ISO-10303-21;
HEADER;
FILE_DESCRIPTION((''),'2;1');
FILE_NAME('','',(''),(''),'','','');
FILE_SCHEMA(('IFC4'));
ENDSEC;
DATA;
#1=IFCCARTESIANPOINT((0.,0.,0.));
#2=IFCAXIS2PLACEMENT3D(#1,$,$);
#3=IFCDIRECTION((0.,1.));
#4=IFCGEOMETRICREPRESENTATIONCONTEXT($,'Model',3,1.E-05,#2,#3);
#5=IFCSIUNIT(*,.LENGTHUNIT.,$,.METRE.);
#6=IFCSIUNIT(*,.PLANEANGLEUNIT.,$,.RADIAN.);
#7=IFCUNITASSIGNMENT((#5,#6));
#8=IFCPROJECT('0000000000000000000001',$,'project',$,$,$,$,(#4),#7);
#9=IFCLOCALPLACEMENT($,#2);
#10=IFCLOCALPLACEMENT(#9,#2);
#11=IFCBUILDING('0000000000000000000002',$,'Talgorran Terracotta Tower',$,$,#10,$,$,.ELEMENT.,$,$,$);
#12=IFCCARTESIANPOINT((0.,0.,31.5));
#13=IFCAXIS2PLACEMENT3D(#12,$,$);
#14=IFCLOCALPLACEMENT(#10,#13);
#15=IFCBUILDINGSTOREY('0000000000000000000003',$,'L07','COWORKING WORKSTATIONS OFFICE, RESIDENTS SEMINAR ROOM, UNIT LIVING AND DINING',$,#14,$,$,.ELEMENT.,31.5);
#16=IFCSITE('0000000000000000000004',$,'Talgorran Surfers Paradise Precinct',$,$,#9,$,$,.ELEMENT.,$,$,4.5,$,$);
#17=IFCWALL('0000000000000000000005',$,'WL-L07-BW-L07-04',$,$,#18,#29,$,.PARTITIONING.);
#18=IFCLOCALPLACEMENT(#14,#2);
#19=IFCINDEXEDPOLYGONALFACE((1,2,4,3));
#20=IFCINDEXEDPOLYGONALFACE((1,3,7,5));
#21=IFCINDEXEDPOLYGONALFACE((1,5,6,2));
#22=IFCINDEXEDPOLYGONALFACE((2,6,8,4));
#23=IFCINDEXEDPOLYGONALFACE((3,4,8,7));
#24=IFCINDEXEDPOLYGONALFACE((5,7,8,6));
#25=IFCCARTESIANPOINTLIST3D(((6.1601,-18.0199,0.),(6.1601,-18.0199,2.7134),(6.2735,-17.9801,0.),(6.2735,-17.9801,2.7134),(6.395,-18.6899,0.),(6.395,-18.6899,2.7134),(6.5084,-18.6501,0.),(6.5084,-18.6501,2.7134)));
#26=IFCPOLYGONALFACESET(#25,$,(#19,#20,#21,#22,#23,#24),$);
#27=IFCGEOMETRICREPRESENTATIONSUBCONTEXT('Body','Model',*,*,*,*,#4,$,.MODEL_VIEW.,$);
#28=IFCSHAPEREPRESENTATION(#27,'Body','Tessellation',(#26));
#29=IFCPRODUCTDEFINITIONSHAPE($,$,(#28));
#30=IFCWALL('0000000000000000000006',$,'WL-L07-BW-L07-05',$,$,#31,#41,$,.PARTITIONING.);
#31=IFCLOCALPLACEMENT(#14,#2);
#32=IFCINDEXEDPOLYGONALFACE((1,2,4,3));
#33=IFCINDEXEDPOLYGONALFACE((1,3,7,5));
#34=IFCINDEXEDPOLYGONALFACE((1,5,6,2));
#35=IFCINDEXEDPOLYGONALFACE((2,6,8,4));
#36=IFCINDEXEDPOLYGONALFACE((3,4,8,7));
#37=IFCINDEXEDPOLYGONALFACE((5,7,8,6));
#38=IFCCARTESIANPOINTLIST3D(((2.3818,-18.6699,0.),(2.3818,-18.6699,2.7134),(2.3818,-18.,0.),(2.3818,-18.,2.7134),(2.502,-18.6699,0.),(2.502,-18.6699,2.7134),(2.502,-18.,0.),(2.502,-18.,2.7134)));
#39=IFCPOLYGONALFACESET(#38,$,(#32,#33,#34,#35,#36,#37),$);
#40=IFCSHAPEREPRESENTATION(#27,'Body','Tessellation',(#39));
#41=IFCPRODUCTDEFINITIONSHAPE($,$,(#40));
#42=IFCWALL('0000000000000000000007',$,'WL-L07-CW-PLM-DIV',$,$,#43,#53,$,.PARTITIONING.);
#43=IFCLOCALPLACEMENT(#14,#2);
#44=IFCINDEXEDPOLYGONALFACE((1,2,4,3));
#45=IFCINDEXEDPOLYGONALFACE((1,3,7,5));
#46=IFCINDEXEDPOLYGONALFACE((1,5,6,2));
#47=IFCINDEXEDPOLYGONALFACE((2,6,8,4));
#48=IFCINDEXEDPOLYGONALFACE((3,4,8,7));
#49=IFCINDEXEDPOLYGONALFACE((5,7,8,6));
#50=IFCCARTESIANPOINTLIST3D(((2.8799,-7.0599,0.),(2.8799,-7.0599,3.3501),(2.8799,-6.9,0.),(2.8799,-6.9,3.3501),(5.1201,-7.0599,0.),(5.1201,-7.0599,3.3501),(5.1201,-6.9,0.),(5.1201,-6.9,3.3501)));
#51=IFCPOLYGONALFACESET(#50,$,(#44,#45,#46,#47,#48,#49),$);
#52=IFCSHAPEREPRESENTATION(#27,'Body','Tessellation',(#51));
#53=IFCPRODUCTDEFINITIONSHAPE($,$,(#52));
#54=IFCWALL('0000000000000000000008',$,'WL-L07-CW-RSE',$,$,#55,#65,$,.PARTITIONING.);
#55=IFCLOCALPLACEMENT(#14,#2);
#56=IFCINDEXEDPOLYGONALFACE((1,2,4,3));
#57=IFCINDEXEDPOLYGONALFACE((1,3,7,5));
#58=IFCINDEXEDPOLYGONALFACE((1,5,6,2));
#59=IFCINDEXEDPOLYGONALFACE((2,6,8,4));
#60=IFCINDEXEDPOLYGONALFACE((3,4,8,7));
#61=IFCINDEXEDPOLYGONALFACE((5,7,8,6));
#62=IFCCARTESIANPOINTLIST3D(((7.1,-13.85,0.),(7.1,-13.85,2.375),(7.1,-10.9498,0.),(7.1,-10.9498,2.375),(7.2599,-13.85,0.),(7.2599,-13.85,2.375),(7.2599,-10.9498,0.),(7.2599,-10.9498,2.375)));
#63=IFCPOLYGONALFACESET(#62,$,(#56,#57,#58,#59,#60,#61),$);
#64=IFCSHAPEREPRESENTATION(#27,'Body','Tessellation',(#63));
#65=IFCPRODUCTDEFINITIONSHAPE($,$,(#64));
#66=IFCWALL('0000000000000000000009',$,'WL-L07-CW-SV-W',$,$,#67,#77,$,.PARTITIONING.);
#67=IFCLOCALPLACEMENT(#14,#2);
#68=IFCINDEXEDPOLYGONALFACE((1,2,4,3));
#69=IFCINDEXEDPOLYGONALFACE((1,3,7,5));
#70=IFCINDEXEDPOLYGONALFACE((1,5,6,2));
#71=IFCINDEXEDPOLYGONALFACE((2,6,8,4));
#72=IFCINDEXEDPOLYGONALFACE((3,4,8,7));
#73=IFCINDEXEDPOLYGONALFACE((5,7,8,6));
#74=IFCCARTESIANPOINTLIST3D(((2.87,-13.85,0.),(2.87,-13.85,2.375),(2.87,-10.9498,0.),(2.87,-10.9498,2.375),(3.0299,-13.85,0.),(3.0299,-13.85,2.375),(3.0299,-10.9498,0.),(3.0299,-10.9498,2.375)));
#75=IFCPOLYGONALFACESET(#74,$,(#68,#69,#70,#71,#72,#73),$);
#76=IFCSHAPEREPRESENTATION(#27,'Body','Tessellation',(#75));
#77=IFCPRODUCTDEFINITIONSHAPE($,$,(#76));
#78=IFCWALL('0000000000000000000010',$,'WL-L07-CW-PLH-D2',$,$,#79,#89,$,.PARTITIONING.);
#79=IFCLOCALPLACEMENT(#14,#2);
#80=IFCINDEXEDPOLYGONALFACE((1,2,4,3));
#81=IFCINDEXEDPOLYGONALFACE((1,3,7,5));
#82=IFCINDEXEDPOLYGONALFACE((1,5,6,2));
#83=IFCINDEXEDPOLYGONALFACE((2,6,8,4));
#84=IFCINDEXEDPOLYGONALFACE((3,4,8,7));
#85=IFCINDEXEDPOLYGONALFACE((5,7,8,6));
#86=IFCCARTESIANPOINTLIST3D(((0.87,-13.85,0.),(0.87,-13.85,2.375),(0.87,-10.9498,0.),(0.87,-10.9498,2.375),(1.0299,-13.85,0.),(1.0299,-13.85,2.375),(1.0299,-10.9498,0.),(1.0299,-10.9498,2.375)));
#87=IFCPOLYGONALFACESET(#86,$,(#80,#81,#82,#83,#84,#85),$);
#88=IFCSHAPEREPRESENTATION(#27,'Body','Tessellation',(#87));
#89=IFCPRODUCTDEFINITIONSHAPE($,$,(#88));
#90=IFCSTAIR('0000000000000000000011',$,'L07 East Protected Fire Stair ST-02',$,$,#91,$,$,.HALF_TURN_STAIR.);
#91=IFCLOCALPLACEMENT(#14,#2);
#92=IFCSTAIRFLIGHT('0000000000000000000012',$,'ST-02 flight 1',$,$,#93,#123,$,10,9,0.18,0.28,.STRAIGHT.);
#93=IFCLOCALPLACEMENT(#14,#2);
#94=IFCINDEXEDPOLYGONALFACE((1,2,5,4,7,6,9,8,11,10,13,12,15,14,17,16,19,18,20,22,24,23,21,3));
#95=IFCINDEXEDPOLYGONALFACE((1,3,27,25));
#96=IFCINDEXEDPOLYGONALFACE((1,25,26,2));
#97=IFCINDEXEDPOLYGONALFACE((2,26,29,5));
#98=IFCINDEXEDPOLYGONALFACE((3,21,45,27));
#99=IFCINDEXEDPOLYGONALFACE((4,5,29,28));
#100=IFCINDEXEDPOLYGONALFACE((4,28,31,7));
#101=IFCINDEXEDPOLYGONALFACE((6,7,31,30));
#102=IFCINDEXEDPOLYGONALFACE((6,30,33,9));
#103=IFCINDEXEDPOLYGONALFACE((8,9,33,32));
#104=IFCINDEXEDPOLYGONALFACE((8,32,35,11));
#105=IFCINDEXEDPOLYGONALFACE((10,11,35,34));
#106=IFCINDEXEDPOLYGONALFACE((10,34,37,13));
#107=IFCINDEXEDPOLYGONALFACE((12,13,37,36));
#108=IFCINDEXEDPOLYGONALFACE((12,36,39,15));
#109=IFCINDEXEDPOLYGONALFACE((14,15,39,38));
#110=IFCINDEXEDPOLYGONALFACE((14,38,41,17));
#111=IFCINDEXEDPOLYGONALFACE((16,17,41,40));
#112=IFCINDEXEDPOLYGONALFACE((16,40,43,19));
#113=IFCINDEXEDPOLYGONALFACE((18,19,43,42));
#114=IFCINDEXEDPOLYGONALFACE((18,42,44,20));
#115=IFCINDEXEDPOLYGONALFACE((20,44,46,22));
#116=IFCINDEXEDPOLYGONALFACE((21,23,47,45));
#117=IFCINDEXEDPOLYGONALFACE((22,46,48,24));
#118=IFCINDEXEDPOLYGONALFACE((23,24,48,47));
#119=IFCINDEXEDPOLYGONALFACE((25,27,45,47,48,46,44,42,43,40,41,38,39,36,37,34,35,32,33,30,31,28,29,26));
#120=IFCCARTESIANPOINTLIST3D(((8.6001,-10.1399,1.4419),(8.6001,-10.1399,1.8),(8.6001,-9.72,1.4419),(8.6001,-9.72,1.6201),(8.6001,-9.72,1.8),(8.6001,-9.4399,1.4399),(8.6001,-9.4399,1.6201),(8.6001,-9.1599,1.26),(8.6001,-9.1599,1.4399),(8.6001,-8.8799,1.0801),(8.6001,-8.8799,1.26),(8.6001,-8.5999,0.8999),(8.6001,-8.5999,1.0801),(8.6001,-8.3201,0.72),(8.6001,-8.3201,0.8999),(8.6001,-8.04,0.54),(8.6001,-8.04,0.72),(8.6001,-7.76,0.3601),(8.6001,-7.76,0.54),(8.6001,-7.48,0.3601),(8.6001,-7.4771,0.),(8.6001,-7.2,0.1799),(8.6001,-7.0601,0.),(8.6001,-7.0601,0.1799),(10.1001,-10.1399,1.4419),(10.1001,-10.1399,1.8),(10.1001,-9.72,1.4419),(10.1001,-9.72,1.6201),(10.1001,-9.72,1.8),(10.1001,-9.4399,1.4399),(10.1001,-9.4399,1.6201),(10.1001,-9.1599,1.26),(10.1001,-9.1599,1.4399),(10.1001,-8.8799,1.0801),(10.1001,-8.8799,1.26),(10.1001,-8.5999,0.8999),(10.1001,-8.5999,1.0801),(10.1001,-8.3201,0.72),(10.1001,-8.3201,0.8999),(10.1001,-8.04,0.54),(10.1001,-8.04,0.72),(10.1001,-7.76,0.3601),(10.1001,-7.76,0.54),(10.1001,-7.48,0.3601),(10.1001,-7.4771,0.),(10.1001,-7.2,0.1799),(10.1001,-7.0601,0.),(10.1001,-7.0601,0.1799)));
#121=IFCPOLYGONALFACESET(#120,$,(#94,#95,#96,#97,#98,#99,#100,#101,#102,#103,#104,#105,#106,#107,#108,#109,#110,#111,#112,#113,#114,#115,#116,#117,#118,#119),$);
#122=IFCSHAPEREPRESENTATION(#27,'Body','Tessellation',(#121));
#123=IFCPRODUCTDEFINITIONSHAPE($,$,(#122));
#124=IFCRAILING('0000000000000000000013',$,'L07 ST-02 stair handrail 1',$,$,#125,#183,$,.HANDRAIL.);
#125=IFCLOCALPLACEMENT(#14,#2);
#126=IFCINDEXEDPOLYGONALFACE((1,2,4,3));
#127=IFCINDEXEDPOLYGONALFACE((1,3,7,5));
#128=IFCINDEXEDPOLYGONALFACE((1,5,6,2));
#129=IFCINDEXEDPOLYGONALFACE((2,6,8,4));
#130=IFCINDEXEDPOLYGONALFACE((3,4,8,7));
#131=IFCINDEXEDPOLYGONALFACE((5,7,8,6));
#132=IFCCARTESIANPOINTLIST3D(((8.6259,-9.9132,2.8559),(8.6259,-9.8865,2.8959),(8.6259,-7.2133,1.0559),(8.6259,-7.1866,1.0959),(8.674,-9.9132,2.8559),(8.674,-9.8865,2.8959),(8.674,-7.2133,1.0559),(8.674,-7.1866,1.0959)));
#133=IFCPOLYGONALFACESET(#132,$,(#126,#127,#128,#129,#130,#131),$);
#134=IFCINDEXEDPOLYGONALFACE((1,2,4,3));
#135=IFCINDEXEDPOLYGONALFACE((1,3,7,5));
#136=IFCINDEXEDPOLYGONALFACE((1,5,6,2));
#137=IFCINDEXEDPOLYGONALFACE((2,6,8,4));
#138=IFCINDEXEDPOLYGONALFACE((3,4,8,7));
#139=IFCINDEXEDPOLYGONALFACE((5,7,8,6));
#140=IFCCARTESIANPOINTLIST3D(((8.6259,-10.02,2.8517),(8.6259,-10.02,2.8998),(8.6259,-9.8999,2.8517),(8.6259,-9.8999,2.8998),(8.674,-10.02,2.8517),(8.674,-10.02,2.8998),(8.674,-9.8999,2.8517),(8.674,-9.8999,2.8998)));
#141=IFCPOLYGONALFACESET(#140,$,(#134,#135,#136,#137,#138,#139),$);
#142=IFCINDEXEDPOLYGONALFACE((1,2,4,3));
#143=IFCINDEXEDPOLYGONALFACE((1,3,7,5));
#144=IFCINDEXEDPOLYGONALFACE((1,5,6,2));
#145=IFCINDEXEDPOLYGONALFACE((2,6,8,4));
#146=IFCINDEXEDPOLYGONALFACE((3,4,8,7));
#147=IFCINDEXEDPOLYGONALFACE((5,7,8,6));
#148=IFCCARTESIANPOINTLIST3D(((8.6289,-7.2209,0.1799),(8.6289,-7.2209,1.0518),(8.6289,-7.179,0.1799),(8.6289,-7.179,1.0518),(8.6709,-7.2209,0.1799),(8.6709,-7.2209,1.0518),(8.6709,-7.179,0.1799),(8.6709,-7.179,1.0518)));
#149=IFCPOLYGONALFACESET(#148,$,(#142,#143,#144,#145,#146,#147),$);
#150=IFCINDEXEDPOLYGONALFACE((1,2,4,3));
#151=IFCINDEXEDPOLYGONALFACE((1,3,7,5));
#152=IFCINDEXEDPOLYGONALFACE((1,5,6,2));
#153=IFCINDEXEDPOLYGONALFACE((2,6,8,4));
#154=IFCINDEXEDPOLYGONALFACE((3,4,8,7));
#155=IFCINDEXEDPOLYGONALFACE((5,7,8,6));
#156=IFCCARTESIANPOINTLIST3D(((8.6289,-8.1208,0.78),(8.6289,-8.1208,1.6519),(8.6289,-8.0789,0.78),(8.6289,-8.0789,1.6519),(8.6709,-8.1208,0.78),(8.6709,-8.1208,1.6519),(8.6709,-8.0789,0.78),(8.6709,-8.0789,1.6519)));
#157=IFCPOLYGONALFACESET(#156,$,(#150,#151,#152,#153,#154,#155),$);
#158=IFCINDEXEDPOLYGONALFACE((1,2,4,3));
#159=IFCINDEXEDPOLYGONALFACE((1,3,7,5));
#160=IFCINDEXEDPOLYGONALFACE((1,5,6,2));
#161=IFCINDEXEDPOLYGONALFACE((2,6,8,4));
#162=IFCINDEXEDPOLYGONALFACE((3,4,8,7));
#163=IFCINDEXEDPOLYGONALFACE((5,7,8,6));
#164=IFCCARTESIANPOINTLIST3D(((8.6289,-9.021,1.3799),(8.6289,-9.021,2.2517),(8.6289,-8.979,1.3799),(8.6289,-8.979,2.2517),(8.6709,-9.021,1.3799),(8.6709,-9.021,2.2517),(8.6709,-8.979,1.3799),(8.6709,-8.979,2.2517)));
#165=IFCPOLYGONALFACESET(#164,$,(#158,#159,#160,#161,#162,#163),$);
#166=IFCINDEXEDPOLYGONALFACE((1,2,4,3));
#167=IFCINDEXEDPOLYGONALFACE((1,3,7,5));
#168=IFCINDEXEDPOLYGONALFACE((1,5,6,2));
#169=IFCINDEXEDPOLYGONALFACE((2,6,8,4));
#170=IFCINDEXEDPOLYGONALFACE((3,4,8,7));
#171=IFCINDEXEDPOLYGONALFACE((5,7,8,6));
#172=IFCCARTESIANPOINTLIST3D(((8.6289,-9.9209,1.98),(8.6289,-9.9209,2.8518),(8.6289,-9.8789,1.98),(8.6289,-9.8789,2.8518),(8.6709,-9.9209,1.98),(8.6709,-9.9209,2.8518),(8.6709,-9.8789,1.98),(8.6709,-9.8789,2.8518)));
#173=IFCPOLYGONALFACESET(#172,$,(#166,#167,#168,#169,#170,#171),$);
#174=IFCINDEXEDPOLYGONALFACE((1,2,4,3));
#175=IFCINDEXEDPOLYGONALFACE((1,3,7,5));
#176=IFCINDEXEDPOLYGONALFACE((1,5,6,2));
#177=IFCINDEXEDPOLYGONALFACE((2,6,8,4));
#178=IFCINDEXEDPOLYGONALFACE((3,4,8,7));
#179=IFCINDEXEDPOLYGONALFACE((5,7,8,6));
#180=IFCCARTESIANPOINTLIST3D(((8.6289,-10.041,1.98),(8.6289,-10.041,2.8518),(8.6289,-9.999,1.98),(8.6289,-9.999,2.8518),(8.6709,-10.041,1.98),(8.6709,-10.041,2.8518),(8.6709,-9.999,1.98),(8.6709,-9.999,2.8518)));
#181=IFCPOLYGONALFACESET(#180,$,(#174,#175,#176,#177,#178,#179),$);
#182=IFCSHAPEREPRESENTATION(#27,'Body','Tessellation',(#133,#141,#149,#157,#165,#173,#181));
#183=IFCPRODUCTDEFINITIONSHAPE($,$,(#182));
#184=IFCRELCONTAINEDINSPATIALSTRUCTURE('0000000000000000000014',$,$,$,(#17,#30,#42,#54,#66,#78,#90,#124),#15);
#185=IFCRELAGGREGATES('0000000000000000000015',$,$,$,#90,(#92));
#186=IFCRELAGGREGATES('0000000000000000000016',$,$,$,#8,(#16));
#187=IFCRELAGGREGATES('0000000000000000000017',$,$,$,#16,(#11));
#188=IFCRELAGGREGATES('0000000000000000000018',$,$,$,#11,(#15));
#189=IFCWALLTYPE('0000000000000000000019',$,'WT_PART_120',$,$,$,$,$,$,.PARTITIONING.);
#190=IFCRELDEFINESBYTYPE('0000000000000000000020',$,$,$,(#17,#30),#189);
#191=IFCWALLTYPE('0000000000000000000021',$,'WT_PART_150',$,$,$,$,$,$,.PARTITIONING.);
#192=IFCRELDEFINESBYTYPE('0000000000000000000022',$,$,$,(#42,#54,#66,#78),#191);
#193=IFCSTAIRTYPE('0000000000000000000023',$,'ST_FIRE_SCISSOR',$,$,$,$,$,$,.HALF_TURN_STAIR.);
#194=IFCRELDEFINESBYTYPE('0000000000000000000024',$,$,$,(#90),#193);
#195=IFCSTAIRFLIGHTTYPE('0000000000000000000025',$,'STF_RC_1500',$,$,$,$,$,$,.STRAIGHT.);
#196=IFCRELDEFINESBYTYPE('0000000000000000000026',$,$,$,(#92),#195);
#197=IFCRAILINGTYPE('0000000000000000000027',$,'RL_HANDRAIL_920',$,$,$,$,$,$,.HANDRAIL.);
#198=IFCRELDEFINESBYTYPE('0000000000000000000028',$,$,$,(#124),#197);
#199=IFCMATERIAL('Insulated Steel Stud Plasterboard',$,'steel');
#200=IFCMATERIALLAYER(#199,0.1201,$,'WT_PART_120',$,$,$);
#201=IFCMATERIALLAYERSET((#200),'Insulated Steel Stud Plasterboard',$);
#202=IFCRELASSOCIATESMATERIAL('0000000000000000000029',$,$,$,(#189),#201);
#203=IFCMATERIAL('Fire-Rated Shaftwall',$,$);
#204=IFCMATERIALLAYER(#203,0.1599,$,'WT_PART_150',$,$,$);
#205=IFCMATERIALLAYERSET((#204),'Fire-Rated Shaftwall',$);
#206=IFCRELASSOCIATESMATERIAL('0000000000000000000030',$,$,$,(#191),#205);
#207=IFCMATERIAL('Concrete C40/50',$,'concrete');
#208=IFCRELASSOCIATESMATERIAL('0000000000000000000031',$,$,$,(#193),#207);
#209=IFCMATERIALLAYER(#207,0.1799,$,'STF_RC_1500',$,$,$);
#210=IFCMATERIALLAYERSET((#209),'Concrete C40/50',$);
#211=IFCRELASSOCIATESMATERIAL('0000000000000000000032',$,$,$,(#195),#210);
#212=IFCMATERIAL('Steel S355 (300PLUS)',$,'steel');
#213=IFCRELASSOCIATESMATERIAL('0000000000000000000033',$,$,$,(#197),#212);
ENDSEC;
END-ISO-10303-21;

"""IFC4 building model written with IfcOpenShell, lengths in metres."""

from ifc_helpers import new_model, si_unit, direction, frame, frame_2d, origin, origin_2d, place, context, subcontext, project, spatial, polyline, rectangle, outline, extrude, material, layer, layer_set, type_object, element, aggregate, save


model = new_model("IFC4")

# Units and contexts
model_context = context("Model", 3, precision=1e-05, world=origin(), true_north=direction((0.0, 1.0)))
body_context = subcontext(model_context, "Body", "Model", "MODEL_VIEW")
ifc_project = project(units=[si_unit("LENGTHUNIT", "METRE"), si_unit("PLANEANGLEUNIT", "RADIAN")], contexts=[model_context])

# Site, building, storey
site_placement = place(None, origin())
site = spatial("IfcSite", under=ifc_project, at=site_placement, Name="Talgorran Surfers Paradise Precinct", CompositionType="ELEMENT", RefElevation=4.5)
building_placement = place(site_placement, origin())
building = spatial("IfcBuilding", under=site, at=building_placement, Name="Talgorran Terracotta Tower", CompositionType="ELEMENT")
storey_placement = place(building_placement, frame((0.0, 0.0, 31.5)))
storey = spatial("IfcBuildingStorey", under=building, at=storey_placement, Name="L07", Description="COWORKING WORKSTATIONS OFFICE, RESIDENTS SEMINAR ROOM, UNIT LIVING AND DINING", CompositionType="ELEMENT", Elevation=31.5)

# Shared definitions
ifc_material_1 = material(Name="Steel S355 (300PLUS)", Category="steel")

# Walls
ifc_material_2 = material(Name="Insulated Steel Stud Plasterboard", Category="steel")
ifc_layer_1 = layer(ifc_material_2, 0.1201, Name="WT_PART_120")
ifc_layer_set_1 = layer_set([ifc_layer_1], Name="Insulated Steel Stud Plasterboard")
wall_type_1 = type_object("IfcWallType", Name="WT_PART_120", PredefinedType="PARTITIONING", material=ifc_layer_set_1)
wall_1_placement = place(storey_placement, frame((6.2168, -18.0, 0.0), z_axis=(0.0, 0.0, 1.0), x_axis=(0.330841, -0.943687, 0.0)))
element("IfcWall", 1, at=wall_1_placement, inside=storey, type_object=wall_type_1, Name="WL-L07-BW-L07-04", PredefinedType="PARTITIONING", context=body_context, shape_type="SweptSolid", body=[
    extrude(rectangle(XDim=0.71, YDim=0.1201, at=frame_2d((0.355, 0.0))), origin(), (0.0, 0.0, 1.0), 2.7134),
])
wall_2_placement = place(storey_placement, frame((2.4419, -18.6699, 0.0), z_axis=(0.0, 0.0, 1.0), x_axis=(0.0, 1.0, 0.0)))
element("IfcWall", 2, at=wall_2_placement, inside=storey, type_object=wall_type_1, Name="WL-L07-BW-L07-05", PredefinedType="PARTITIONING", context=body_context, shape_type="SweptSolid", body=[
    extrude(rectangle(XDim=0.6699, YDim=0.1201, at=frame_2d((0.335, 0.0))), origin(), (0.0, 0.0, 1.0), 2.7134),
])
ifc_material_3 = material(Name="Fire-Rated Shaftwall")
ifc_layer_2 = layer(ifc_material_3, 0.1599, Name="WT_PART_150")
ifc_layer_set_2 = layer_set([ifc_layer_2], Name="Fire-Rated Shaftwall")
wall_type_2 = type_object("IfcWallType", Name="WT_PART_150", PredefinedType="PARTITIONING", material=ifc_layer_set_2)
wall_3_placement = place(storey_placement, frame((2.8799, -6.98, 0.0), z_axis=(0.0, 0.0, 1.0), x_axis=(1.0, 0.0, 0.0)))
element("IfcWall", 3, at=wall_3_placement, inside=storey, type_object=wall_type_2, Name="WL-L07-CW-PLM-DIV", PredefinedType="PARTITIONING", context=body_context, shape_type="SweptSolid", body=[
    extrude(rectangle(XDim=2.2402, YDim=0.1599, at=frame_2d((1.1201, 0.0))), origin(), (0.0, 0.0, 1.0), 3.3501),
])
for number, where, z_axis, x_axis, name in (
    (4, (7.1799, -13.8501, 0.0), (0.0, 0.0, 1.0), (0.0, 1.0, 0.0), "WL-L07-CW-RSE"),
    (5, (2.95, -13.8501, 0.0), (0.0, 0.0, 1.0), (0.0, 1.0, 0.0), "WL-L07-CW-SV-W"),
    (6, (0.95, -13.8501, 0.0), (0.0, 0.0, 1.0), (0.0, 1.0, 0.0), "WL-L07-CW-PLH-D2"),
):
    element("IfcWall", number, at=place(storey_placement, frame(where, z_axis=z_axis, x_axis=x_axis)), inside=storey, type_object=wall_type_2, Name=name, PredefinedType="PARTITIONING", context=body_context, shape_type="SweptSolid", body=[
        extrude(rectangle(XDim=2.9001, YDim=0.1599, at=frame_2d((1.4502, 0.0))), origin(), (0.0, 0.0, 1.0), 2.375),
    ])

# Stair, stair flight
ifc_material_4 = material(Name="Concrete C40/50", Category="concrete")
stair_type = type_object("IfcStairType", Name="ST_FIRE_SCISSOR", PredefinedType="HALF_TURN_STAIR", material=ifc_material_4)
stair_placement = place(storey_placement, origin())
stair = element("IfcStair", 7, at=stair_placement, inside=storey, type_object=stair_type, Name="L07 East Protected Fire Stair ST-02", PredefinedType="HALF_TURN_STAIR")
ifc_layer_3 = layer(ifc_material_4, 0.1799, Name="STF_RC_1500")
ifc_layer_set_3 = layer_set([ifc_layer_3], Name="Concrete C40/50")
stair_flight_type = type_object("IfcStairFlightType", Name="STF_RC_1500", PredefinedType="STRAIGHT", material=ifc_layer_set_3)
stair_flight_placement = place(storey_placement, frame((9.3501, -7.2, 0.0), z_axis=(0.0, 0.0, 1.0), x_axis=(0.0, -1.0, 0.0)))
stair_flight = element("IfcStairFlight", 8, at=stair_flight_placement, type_object=stair_flight_type, Name="ST-02 flight 1", NumberOfRisers=10, NumberOfTreads=9, PredefinedType="STRAIGHT", RiserHeight=0.18, TreadLength=0.28, context=body_context, shape_type="SweptSolid", body=[
    extrude(outline(polyline([(-0.1399, 0.0), (-0.1399, 0.1799), (0.0, 0.1799), (0.28, 0.3601), (0.5601, 0.3601), (0.5601, 0.54), (0.8401, 0.54), (0.8401, 0.72), (1.1201, 0.72), (1.1201, 0.8999), (1.3999, 0.8999), (1.3999, 1.0801), (1.6799, 1.0801), (1.6799, 1.26), (1.96, 1.26), (1.96, 1.4399), (2.24, 1.4399), (2.24, 1.6201), (2.52, 1.6201), (2.52, 1.8), (2.9399, 1.8), (2.9399, 1.4419), (2.52, 1.4419), (0.2771, 0.0), (-0.1399, 0.0)])), frame((0.0, 0.75, 0.0), z_axis=(0.0, -1.0, 0.0), x_axis=(1.0, 0.0, 0.0)), (0.0, 0.0, 1.0), 1.5),
])
aggregate(stair, [stair_flight])

# Railing
railing_type = type_object("IfcRailingType", Name="RL_HANDRAIL_920", PredefinedType="HANDRAIL", material=ifc_material_1)
railing_placement = place(storey_placement, frame((8.6499, -7.2, 0.1799)))
element("IfcRailing", 9, at=railing_placement, inside=storey, type_object=railing_type, Name="L07 ST-02 stair handrail 1", PredefinedType="HANDRAIL", context=body_context, shape_type="SweptSolid", body=[
    extrude(rectangle(XDim=0.0481, YDim=0.0481, at=origin_2d()), frame((0.0, 0.0, 0.896), z_axis=(0.0, -0.832039, 0.554718), x_axis=(1.0, 0.0, 0.0)), (0.0, 0.0, 1.0), 3.2449),
    extrude(rectangle(XDim=0.0481, YDim=0.0481, at=origin_2d()), frame((0.0, -2.7, 2.6958), z_axis=(0.0, -1.0, 0.0), x_axis=(1.0, 0.0, 0.0)), (0.0, 0.0, 1.0), 0.1201),
    extrude(rectangle(XDim=0.042, YDim=0.042, at=origin_2d()), origin(), (0.0, 0.0, 1.0), 0.8718),
    extrude(rectangle(XDim=0.042, YDim=0.042, at=origin_2d()), frame((0.0, -0.8999, 0.6001)), (0.0, 0.0, 1.0), 0.8718),
    extrude(rectangle(XDim=0.042, YDim=0.042, at=origin_2d()), frame((0.0, -1.8, 1.2)), (0.0, 0.0, 1.0), 0.8718),
    extrude(rectangle(XDim=0.042, YDim=0.042, at=origin_2d()), frame((0.0, -2.7, 1.8)), (0.0, 0.0, 1.0), 0.8718),
    extrude(rectangle(XDim=0.042, YDim=0.042, at=origin_2d()), frame((0.0, -2.8201, 1.8)), (0.0, 0.0, 1.0), 0.8718),
])

save(model, "model.ifc")
